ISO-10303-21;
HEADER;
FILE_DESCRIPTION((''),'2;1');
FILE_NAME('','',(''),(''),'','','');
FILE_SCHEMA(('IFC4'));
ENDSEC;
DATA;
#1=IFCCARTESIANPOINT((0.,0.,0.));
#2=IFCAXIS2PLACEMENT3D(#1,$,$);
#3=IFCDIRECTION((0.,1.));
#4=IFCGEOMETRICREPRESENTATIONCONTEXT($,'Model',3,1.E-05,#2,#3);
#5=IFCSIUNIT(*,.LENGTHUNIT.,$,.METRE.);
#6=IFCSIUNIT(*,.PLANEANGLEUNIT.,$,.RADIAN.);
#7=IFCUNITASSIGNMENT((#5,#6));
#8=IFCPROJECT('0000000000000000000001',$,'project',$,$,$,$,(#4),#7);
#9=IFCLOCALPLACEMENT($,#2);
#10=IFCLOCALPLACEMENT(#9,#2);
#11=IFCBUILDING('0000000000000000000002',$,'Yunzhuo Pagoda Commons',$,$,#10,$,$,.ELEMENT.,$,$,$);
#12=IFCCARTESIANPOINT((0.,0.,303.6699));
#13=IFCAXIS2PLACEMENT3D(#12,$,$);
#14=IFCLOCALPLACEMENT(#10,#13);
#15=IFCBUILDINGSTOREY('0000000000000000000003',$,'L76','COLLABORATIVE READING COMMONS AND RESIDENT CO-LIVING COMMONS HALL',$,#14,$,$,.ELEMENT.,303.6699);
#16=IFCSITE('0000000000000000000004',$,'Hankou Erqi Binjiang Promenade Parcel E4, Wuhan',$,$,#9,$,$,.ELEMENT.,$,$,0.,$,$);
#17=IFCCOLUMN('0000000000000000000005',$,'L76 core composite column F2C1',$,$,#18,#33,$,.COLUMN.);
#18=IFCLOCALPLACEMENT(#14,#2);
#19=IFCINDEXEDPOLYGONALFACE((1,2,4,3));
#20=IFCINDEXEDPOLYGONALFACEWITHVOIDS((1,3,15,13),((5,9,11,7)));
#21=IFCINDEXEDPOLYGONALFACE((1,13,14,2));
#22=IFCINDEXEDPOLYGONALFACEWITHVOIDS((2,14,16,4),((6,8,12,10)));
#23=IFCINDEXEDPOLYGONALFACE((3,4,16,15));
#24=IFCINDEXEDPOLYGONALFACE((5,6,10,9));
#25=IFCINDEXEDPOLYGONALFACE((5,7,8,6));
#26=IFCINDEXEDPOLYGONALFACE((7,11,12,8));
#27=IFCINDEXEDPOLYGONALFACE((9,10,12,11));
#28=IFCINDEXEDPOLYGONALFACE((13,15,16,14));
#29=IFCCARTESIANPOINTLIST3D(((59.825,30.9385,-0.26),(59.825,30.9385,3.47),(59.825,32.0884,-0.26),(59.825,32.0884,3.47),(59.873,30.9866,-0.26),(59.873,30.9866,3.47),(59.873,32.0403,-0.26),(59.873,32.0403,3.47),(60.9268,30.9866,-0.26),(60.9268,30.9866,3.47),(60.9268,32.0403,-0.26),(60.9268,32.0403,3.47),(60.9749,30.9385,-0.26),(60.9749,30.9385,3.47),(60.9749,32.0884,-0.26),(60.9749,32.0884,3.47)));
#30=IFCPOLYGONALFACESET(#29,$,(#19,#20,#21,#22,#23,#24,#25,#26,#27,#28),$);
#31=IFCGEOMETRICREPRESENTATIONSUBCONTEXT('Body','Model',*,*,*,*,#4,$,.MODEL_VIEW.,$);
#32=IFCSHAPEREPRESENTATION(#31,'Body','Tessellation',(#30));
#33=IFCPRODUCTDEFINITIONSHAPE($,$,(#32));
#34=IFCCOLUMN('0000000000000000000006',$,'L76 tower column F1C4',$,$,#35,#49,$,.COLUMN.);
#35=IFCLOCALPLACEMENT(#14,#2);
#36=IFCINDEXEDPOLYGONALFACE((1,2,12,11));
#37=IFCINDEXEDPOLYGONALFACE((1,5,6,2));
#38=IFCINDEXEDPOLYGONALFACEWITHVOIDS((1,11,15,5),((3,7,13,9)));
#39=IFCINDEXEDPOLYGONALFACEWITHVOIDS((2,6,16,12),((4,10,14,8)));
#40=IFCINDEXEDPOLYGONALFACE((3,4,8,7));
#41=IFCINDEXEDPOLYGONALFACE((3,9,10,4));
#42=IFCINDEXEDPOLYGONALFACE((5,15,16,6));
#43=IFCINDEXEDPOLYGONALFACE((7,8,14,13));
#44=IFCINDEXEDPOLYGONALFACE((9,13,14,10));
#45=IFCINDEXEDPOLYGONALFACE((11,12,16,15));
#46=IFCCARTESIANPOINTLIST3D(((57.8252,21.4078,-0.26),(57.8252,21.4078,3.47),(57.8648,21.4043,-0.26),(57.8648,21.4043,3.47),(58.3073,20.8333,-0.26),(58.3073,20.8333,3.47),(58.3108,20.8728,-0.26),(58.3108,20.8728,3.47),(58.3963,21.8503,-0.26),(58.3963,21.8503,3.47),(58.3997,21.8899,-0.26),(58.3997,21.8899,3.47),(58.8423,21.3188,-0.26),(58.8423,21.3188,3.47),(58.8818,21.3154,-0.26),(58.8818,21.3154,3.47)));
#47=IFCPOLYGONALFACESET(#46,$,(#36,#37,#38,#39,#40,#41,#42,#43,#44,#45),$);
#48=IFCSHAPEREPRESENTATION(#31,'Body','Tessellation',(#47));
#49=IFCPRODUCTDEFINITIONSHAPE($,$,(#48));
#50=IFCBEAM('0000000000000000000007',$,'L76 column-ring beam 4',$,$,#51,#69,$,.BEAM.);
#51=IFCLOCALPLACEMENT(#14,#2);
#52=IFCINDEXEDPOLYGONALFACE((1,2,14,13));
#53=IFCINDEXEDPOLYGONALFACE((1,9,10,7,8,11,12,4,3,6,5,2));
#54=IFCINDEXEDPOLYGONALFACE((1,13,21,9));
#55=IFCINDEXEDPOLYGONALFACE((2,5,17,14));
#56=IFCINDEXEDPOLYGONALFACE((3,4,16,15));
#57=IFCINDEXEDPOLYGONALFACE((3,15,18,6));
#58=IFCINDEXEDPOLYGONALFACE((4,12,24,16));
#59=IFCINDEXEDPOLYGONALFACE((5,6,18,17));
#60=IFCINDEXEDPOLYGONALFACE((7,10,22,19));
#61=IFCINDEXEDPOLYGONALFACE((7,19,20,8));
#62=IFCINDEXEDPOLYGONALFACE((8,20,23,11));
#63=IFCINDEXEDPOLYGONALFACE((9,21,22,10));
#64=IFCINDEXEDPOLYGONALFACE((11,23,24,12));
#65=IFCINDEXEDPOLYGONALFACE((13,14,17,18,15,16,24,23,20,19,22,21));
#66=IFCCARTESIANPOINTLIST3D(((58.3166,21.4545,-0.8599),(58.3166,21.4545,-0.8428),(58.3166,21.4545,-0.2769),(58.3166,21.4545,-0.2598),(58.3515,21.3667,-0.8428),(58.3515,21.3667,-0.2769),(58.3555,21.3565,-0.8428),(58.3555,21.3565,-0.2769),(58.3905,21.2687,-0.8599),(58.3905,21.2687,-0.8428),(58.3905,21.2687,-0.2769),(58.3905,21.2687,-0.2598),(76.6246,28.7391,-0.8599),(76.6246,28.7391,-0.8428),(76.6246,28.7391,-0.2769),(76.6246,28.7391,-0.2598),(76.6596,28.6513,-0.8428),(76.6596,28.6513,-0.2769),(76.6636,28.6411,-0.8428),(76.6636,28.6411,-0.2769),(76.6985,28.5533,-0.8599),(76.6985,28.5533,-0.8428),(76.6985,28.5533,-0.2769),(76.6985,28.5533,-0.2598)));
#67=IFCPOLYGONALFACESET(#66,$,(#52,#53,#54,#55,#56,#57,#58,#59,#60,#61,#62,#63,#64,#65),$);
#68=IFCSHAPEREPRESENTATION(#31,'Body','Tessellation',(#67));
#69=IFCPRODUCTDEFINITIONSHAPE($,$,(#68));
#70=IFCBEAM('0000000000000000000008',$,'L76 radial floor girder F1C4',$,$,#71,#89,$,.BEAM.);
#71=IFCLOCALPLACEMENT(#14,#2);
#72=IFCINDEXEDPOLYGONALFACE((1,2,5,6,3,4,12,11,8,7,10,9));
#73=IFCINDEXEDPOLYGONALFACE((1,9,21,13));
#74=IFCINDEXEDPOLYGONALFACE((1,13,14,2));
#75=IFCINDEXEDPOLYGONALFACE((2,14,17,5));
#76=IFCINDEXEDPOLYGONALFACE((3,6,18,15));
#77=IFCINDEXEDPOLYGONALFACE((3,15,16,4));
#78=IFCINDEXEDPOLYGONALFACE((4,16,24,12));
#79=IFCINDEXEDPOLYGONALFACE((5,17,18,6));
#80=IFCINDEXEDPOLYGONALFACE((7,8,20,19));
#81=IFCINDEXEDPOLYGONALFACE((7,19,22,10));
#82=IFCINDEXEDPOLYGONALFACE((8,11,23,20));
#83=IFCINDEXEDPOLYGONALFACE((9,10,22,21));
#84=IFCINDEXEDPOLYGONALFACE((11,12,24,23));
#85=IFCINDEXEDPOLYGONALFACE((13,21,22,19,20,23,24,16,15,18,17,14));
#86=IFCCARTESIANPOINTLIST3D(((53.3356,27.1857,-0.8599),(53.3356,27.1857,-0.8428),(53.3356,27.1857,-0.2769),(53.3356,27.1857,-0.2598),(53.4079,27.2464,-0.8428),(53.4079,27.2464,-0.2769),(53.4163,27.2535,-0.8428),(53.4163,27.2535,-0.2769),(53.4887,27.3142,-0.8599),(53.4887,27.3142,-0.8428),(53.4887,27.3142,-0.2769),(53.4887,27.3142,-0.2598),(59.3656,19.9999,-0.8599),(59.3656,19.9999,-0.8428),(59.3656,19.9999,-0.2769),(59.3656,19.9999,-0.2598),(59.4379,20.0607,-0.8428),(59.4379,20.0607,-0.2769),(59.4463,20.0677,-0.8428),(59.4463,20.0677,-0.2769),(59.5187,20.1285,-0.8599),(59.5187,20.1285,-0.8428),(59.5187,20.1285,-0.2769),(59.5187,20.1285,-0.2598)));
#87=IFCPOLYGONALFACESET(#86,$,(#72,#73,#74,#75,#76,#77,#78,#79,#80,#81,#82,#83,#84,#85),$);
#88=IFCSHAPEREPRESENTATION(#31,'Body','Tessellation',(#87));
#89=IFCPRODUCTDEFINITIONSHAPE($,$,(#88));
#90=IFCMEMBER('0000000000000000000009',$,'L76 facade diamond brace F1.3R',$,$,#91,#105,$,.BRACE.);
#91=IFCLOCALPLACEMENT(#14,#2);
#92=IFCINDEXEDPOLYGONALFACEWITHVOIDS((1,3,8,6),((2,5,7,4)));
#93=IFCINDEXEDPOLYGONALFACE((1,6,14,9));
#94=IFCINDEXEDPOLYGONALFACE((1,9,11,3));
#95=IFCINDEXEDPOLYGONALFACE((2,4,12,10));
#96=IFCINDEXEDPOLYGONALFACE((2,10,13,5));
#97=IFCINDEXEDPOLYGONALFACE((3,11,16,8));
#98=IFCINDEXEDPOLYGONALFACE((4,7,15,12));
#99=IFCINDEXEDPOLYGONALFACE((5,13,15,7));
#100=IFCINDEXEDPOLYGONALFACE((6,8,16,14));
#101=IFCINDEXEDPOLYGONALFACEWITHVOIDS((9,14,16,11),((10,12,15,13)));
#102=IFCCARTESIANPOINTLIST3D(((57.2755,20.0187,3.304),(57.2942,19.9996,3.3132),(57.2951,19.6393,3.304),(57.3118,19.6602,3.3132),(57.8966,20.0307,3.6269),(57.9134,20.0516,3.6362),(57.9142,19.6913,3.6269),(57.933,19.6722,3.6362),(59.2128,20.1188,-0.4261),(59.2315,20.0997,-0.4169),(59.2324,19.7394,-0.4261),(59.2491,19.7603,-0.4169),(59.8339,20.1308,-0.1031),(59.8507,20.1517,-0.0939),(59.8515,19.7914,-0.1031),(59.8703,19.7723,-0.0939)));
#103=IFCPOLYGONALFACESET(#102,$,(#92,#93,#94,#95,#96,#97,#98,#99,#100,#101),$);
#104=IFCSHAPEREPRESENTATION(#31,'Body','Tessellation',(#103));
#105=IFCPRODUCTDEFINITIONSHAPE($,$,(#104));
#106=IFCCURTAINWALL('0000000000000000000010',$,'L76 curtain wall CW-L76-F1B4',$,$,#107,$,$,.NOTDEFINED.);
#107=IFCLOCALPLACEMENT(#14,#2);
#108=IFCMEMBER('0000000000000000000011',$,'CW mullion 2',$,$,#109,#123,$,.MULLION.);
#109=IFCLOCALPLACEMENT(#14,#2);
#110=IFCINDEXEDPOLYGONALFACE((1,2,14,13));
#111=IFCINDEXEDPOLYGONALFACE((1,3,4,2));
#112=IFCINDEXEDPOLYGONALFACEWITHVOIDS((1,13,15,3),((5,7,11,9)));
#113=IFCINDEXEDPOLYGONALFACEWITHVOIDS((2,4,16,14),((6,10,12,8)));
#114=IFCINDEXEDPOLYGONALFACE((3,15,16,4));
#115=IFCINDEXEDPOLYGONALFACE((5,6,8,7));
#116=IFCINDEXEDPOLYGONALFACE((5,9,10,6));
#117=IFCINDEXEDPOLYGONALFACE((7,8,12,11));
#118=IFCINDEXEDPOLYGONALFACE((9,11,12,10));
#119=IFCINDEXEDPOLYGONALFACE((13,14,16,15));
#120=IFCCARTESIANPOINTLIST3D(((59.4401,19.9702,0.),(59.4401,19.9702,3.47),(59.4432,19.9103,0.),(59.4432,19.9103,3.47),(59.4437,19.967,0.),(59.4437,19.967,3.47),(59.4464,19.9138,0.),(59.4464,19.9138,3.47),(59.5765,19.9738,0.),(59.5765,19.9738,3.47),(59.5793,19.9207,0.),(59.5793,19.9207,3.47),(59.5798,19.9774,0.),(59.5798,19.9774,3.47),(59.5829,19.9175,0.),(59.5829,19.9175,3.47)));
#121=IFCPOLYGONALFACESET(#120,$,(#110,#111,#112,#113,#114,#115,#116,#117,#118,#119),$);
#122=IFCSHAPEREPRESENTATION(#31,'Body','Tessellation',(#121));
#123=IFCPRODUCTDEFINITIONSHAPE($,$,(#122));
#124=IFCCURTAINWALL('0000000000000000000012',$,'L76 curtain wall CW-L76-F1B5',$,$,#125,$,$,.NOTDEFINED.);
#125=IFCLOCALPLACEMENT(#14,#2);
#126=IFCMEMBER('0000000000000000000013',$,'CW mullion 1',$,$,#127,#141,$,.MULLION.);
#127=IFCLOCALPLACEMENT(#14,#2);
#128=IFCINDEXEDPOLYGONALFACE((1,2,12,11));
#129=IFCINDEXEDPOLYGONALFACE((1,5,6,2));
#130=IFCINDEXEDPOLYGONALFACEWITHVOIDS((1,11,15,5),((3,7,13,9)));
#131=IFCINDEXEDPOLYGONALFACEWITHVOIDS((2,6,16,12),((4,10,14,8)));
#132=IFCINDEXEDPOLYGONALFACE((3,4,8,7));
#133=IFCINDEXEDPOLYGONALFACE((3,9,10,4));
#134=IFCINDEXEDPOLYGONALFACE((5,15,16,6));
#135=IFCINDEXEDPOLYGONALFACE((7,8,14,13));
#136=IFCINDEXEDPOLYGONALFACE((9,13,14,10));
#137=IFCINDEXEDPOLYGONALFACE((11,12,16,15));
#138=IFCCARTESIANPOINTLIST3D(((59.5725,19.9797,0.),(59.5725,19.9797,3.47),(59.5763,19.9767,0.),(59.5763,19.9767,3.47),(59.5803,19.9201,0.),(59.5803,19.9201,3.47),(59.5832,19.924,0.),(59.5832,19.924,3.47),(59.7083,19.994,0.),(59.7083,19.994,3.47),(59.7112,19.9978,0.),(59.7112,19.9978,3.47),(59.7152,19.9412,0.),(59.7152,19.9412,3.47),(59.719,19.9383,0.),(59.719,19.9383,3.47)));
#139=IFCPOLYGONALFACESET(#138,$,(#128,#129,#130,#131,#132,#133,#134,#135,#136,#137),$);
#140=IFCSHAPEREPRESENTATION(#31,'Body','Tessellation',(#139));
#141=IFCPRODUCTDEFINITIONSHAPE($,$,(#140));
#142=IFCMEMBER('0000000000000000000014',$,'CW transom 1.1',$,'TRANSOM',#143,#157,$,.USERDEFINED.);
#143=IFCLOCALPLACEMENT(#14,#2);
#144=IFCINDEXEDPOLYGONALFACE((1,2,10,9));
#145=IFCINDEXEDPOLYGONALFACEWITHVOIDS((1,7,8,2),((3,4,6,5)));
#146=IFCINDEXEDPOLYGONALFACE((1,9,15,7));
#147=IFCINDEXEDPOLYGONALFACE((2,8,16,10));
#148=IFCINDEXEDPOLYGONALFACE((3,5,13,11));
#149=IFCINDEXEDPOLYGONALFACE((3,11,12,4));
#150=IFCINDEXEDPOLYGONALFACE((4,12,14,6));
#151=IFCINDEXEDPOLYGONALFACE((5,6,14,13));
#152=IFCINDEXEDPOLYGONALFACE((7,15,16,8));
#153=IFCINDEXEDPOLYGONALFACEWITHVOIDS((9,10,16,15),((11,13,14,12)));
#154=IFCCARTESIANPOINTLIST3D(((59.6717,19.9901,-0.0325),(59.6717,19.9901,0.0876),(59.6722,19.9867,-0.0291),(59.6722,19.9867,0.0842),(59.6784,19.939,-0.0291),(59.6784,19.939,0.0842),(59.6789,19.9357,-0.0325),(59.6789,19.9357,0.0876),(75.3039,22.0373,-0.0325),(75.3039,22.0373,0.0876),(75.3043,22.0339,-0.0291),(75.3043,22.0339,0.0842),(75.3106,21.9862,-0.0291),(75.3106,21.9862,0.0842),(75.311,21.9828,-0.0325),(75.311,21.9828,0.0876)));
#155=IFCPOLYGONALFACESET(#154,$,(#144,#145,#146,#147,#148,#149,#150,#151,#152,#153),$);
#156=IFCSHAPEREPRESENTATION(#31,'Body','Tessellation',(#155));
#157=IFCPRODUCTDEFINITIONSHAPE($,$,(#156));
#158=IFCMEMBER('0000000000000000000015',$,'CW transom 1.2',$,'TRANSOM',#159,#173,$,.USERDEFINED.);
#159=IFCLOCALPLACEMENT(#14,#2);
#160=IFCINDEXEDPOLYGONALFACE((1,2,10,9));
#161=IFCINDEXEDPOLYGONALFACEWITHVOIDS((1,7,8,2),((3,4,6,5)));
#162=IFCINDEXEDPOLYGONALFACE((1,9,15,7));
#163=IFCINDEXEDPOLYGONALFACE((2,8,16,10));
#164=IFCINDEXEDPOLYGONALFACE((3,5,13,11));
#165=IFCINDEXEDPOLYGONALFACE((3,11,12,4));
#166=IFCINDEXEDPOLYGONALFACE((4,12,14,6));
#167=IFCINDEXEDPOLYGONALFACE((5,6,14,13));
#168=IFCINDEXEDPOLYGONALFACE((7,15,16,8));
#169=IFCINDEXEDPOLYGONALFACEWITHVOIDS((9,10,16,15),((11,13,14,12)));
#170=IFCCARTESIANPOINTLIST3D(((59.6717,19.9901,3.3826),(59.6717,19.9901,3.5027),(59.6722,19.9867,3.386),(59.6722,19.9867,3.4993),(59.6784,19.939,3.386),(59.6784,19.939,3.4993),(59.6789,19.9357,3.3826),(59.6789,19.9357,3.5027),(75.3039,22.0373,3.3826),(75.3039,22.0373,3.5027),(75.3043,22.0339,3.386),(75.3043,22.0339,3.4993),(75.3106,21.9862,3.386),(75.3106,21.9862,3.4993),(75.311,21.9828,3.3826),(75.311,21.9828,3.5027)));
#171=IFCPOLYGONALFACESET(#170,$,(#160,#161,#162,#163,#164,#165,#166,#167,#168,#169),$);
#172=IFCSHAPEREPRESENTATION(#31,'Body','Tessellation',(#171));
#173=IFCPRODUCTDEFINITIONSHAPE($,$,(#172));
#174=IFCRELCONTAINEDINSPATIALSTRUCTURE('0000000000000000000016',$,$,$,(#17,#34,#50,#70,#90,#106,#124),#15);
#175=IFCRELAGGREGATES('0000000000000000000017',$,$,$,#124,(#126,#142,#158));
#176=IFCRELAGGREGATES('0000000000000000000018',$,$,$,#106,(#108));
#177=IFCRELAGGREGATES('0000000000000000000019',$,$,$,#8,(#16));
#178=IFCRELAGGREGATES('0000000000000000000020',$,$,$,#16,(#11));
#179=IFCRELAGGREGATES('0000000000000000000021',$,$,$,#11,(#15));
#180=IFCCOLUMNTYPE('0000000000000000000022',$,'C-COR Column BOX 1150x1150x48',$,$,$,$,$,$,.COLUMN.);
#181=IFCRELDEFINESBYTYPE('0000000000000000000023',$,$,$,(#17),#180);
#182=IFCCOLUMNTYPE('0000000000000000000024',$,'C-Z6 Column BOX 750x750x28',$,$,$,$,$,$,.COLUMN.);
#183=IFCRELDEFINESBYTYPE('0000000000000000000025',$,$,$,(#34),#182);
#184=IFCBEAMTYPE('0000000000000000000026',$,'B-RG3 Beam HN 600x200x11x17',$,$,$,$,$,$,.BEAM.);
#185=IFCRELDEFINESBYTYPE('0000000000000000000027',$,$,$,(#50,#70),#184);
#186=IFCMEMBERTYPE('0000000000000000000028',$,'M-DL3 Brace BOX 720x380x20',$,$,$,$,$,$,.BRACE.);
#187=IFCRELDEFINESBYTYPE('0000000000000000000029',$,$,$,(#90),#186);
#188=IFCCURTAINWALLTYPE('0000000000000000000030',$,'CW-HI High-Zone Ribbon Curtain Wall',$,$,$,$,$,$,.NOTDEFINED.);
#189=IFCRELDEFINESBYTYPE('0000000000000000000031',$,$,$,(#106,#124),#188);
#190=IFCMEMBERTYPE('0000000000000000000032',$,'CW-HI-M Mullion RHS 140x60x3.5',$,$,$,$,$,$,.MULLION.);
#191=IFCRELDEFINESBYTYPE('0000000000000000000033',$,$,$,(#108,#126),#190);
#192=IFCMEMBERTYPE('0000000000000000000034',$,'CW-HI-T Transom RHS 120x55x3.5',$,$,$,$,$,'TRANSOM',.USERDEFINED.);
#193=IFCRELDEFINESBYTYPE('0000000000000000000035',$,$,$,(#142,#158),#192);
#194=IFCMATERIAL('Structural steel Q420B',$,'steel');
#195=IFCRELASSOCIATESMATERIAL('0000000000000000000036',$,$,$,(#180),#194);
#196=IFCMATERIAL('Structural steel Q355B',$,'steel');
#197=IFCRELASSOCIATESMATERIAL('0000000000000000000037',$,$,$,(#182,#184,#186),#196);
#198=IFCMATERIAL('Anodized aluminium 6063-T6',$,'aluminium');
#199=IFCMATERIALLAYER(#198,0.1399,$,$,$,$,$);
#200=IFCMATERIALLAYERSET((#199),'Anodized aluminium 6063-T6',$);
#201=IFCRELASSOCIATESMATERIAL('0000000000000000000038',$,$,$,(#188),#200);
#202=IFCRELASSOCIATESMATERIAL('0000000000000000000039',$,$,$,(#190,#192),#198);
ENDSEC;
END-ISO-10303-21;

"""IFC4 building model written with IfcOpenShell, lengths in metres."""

from ifc_helpers import new_model, si_unit, direction, frame, origin, origin_2d, place, context, subcontext, project, spatial, hollow_rectangle, i_section, extrude, source, transform, mapped, material, layer, layer_set, material_profile, profile_set, type_object, element, aggregate, save


model = new_model("IFC4")

# Units and contexts
model_context = context("Model", 3, precision=1e-05, world=origin(), true_north=direction((0.0, 1.0)))
body_context = subcontext(model_context, "Body", "Model", "MODEL_VIEW")
ifc_project = project(units=[si_unit("LENGTHUNIT", "METRE"), si_unit("PLANEANGLEUNIT", "RADIAN")], contexts=[model_context])

# Site, building, storey
site_placement = place(None, origin())
site = spatial("IfcSite", under=ifc_project, at=site_placement, Name="Hankou Erqi Binjiang Promenade Parcel E4, Wuhan", CompositionType="ELEMENT", RefElevation=0.0)
building_placement = place(site_placement, origin())
building = spatial("IfcBuilding", under=site, at=building_placement, Name="Yunzhuo Pagoda Commons", CompositionType="ELEMENT")
storey_placement = place(building_placement, frame((0.0, 0.0, 303.6699)))
storey = spatial("IfcBuildingStorey", under=building, at=storey_placement, Name="L76", Description="COLLABORATIVE READING COMMONS AND RESIDENT CO-LIVING COMMONS HALL", CompositionType="ELEMENT", Elevation=303.6699)

# Columns
ifc_material_1 = material(Name="Structural steel Q420B", Category="steel")
ifc_material_profile_1 = material_profile(ifc_material_1, hollow_rectangle(XDim=1.1499, YDim=1.1499, WallThickness=0.0481, at=origin_2d()), Name="Structural steel Q420B")
ifc_profile_set_1 = profile_set([ifc_material_profile_1], Name="Structural steel Q420B")
column_type_1 = type_object("IfcColumnType", Name="C-COR Column BOX 1150x1150x48", PredefinedType="COLUMN", material=ifc_profile_set_1)
shared_shape_1 = source(origin(), body_context, "Body", "SweptSolid", [
    extrude(hollow_rectangle(XDim=1.1499, YDim=1.1499, WallThickness=0.0481, at=origin_2d()), origin(), (0.0, 0.0, 1.0), 3.73),
])
column_1_placement = place(storey_placement, frame((60.3999, 31.5134, -0.26), z_axis=(0.0, 0.0, 1.0), x_axis=(1.0, 0.0, 0.0)))
element("IfcColumn", 1, at=column_1_placement, inside=storey, type_object=column_type_1, Name="L76 core composite column F2C1", PredefinedType="COLUMN", context=body_context, shape_type="MappedRepresentation", body=[
    mapped(shared_shape_1, transform((0.0, 0.0, 0.0), scale=1.0)),
])
ifc_material_2 = material(Name="Structural steel Q355B", Category="steel")
ifc_material_profile_2 = material_profile(ifc_material_2, hollow_rectangle(XDim=0.75, YDim=0.75, WallThickness=0.0281, at=origin_2d()), Name="Structural steel Q355B")
ifc_profile_set_2 = profile_set([ifc_material_profile_2], Name="Structural steel Q355B")
column_type_2 = type_object("IfcColumnType", Name="C-Z6 Column BOX 750x750x28", PredefinedType="COLUMN", material=ifc_profile_set_2)
shared_shape_2 = source(origin(), body_context, "Body", "SweptSolid", [
    extrude(hollow_rectangle(XDim=0.75, YDim=0.75, WallThickness=0.0281, at=origin_2d()), origin(), (0.0, 0.0, 1.0), 3.73),
])
column_2_placement = place(storey_placement, frame((58.3535, 21.3616, -0.26), z_axis=(0.0, 0.0, 1.0), x_axis=(0.766044, 0.642788, 0.0)))
element("IfcColumn", 2, at=column_2_placement, inside=storey, type_object=column_type_2, Name="L76 tower column F1C4", PredefinedType="COLUMN", context=body_context, shape_type="MappedRepresentation", body=[
    mapped(shared_shape_2, transform((0.0, 0.0, 0.0), scale=1.0)),
])

# Beams
ifc_material_profile_3 = material_profile(ifc_material_2, i_section(OverallWidth=0.2, OverallDepth=0.6001, WebThickness=0.011, FlangeThickness=0.0171, at=origin_2d()), Name="Structural steel Q355B")
ifc_profile_set_3 = profile_set([ifc_material_profile_3], Name="Structural steel Q355B")
beam_type = type_object("IfcBeamType", Name="B-RG3 Beam HN 600x200x11x17", PredefinedType="BEAM", material=ifc_profile_set_3)
shared_shape_3 = source(origin(), body_context, "Body", "SweptSolid", [
    extrude(i_section(OverallWidth=0.2, OverallDepth=0.6001, WebThickness=0.011, FlangeThickness=0.0171, at=origin_2d()), origin(), (0.0, 0.0, 1.0), 19.7041),
])
beam_1_placement = place(storey_placement, frame((58.3535, 21.3616, -0.5598), z_axis=(0.92915, 0.369702, 0.0), x_axis=(-0.369702, 0.92915, 0.0)))
element("IfcBeam", 3, at=beam_1_placement, inside=storey, type_object=beam_type, Name="L76 column-ring beam 4", PredefinedType="BEAM", context=body_context, shape_type="MappedRepresentation", body=[
    mapped(shared_shape_3, transform((0.0, 0.0, 0.0), scale=1.0)),
])
shared_shape_4 = source(origin(), body_context, "Body", "SweptSolid", [
    extrude(i_section(OverallWidth=0.2, OverallDepth=0.6001, WebThickness=0.011, FlangeThickness=0.0171, at=origin_2d()), origin(), (0.0, 0.0, 1.0), 9.3806),
])
beam_2_placement = place(storey_placement, frame((59.4421, 20.0642, -0.5598), z_axis=(-0.642815, 0.766022, 0.0), x_axis=(-0.766022, -0.642815, 0.0)))
element("IfcBeam", 4, at=beam_2_placement, inside=storey, type_object=beam_type, Name="L76 radial floor girder F1C4", PredefinedType="BEAM", context=body_context, shape_type="MappedRepresentation", body=[
    mapped(shared_shape_4, transform((0.0, 0.0, 0.0), scale=1.0)),
])

# Member
ifc_material_profile_4 = material_profile(ifc_material_2, hollow_rectangle(XDim=0.3799, YDim=0.72, WallThickness=0.02, at=origin_2d()), Name="Structural steel Q355B")
ifc_profile_set_4 = profile_set([ifc_material_profile_4], Name="Structural steel Q355B")
member_type_1 = type_object("IfcMemberType", Name="M-DL3 Brace BOX 720x380x20", PredefinedType="BRACE", material=ifc_profile_set_4)
shared_shape_5 = source(origin(), body_context, "Body", "SweptSolid", [
    extrude(hollow_rectangle(XDim=0.3799, YDim=0.72, WallThickness=0.02, at=origin_2d()), origin(), (0.0, 0.0, 1.0), 4.2043),
])
member_1_placement = place(storey_placement, frame((59.5415, 19.9456, -0.26), z_axis=(-0.460785, -0.023809, 0.887192), x_axis=(0.051601, -0.998668, 0.0)))
element("IfcMember", 5, at=member_1_placement, inside=storey, type_object=member_type_1, Name="L76 facade diamond brace F1.3R", PredefinedType="BRACE", context=body_context, shape_type="MappedRepresentation", body=[
    mapped(shared_shape_5, transform((0.0, 0.0, 0.0), scale=1.0)),
])

# Curtain wall, member
ifc_material_3 = material(Name="Anodized aluminium 6063-T6", Category="aluminium")
ifc_layer_1 = layer(ifc_material_3, 0.1399)
ifc_layer_set_1 = layer_set([ifc_layer_1], Name="Anodized aluminium 6063-T6")
curtain_wall_type = type_object("IfcCurtainWallType", Name="CW-HI High-Zone Ribbon Curtain Wall", PredefinedType="NOTDEFINED", material=ifc_layer_set_1)
curtain_wall_1_placement = place(storey_placement, origin())
curtain_wall_1 = element("IfcCurtainWall", 6, at=curtain_wall_1_placement, inside=storey, type_object=curtain_wall_type, Name="L76 curtain wall CW-L76-F1B4", PredefinedType="NOTDEFINED")
ifc_material_profile_5 = material_profile(ifc_material_3, hollow_rectangle(XDim=0.0601, YDim=0.1399, WallThickness=0.0034, at=origin_2d()), Name="Anodized aluminium 6063-T6")
ifc_profile_set_5 = profile_set([ifc_material_profile_5], Name="Anodized aluminium 6063-T6")
member_type_2 = type_object("IfcMemberType", Name="CW-HI-M Mullion RHS 140x60x3.5", PredefinedType="MULLION", material=ifc_profile_set_5)
shared_shape_6 = source(origin(), body_context, "Body", "SweptSolid", [
    extrude(hollow_rectangle(XDim=0.0601, YDim=0.1399, WallThickness=0.0034, at=origin_2d()), origin(), (0.0, 0.0, 1.0), 3.47),
])
member_2_placement = place(storey_placement, frame((59.5115, 19.9438, 0.0), z_axis=(0.0, 0.0, 1.0), x_axis=(-0.051462, 0.998675, 0.0)))
member_2 = element("IfcMember", 7, at=member_2_placement, type_object=member_type_2, Name="CW mullion 2", PredefinedType="MULLION", context=body_context, shape_type="MappedRepresentation", body=[
    mapped(shared_shape_6, transform((0.0, 0.0, 0.0), scale=1.0)),
])

# Curtain wall, members
curtain_wall_2_placement = place(storey_placement, origin())
curtain_wall_2 = element("IfcCurtainWall", 8, at=curtain_wall_2_placement, inside=storey, type_object=curtain_wall_type, Name="L76 curtain wall CW-L76-F1B5", PredefinedType="NOTDEFINED")
member_3_placement = place(storey_placement, frame((59.6458, 19.959, 0.0), z_axis=(0.0, 0.0, 1.0), x_axis=(-0.129855, 0.991533, 0.0)))
member_3 = element("IfcMember", 9, at=member_3_placement, type_object=member_type_2, Name="CW mullion 1", PredefinedType="MULLION", context=body_context, shape_type="MappedRepresentation", body=[
    mapped(shared_shape_6, transform((0.0, 0.0, 0.0), scale=1.0)),
])
ifc_material_profile_6 = material_profile(ifc_material_3, hollow_rectangle(XDim=0.0549, YDim=0.1201, WallThickness=0.0034, at=origin_2d()), Name="Anodized aluminium 6063-T6")
ifc_profile_set_6 = profile_set([ifc_material_profile_6], Name="Anodized aluminium 6063-T6")
member_type_3 = type_object("IfcMemberType", Name="CW-HI-T Transom RHS 120x55x3.5", ElementType="TRANSOM", PredefinedType="USERDEFINED", material=ifc_profile_set_6)
shared_shape_7 = source(origin(), body_context, "Body", "SweptSolid", [
    extrude(hollow_rectangle(XDim=0.0549, YDim=0.1201, WallThickness=0.0034, at=origin_2d()), origin(), (0.0, 0.0, 1.0), 15.7656),
])
member_4_placement = place(storey_placement, frame((59.6753, 19.9629, 0.0276), z_axis=(0.991534, 0.129848, 0.0), x_axis=(-0.129848, 0.991534, 0.0)))
member_4 = element("IfcMember", 10, at=member_4_placement, type_object=member_type_3, Name="CW transom 1.1", ObjectType="TRANSOM", PredefinedType="USERDEFINED", context=body_context, shape_type="MappedRepresentation", body=[
    mapped(shared_shape_7, transform((0.0, 0.0, 0.0), scale=1.0)),
])
member_5_placement = place(storey_placement, frame((59.6753, 19.9629, 3.4426), z_axis=(0.991534, 0.129848, 0.0), x_axis=(-0.129848, 0.991534, 0.0)))
member_5 = element("IfcMember", 11, at=member_5_placement, type_object=member_type_3, Name="CW transom 1.2", ObjectType="TRANSOM", PredefinedType="USERDEFINED", context=body_context, shape_type="MappedRepresentation", body=[
    mapped(shared_shape_7, transform((0.0, 0.0, 0.0), scale=1.0)),
])
aggregate(curtain_wall_2, [member_3, member_4, member_5])

aggregate(curtain_wall_1, [member_2])

save(model, "model.ifc")
